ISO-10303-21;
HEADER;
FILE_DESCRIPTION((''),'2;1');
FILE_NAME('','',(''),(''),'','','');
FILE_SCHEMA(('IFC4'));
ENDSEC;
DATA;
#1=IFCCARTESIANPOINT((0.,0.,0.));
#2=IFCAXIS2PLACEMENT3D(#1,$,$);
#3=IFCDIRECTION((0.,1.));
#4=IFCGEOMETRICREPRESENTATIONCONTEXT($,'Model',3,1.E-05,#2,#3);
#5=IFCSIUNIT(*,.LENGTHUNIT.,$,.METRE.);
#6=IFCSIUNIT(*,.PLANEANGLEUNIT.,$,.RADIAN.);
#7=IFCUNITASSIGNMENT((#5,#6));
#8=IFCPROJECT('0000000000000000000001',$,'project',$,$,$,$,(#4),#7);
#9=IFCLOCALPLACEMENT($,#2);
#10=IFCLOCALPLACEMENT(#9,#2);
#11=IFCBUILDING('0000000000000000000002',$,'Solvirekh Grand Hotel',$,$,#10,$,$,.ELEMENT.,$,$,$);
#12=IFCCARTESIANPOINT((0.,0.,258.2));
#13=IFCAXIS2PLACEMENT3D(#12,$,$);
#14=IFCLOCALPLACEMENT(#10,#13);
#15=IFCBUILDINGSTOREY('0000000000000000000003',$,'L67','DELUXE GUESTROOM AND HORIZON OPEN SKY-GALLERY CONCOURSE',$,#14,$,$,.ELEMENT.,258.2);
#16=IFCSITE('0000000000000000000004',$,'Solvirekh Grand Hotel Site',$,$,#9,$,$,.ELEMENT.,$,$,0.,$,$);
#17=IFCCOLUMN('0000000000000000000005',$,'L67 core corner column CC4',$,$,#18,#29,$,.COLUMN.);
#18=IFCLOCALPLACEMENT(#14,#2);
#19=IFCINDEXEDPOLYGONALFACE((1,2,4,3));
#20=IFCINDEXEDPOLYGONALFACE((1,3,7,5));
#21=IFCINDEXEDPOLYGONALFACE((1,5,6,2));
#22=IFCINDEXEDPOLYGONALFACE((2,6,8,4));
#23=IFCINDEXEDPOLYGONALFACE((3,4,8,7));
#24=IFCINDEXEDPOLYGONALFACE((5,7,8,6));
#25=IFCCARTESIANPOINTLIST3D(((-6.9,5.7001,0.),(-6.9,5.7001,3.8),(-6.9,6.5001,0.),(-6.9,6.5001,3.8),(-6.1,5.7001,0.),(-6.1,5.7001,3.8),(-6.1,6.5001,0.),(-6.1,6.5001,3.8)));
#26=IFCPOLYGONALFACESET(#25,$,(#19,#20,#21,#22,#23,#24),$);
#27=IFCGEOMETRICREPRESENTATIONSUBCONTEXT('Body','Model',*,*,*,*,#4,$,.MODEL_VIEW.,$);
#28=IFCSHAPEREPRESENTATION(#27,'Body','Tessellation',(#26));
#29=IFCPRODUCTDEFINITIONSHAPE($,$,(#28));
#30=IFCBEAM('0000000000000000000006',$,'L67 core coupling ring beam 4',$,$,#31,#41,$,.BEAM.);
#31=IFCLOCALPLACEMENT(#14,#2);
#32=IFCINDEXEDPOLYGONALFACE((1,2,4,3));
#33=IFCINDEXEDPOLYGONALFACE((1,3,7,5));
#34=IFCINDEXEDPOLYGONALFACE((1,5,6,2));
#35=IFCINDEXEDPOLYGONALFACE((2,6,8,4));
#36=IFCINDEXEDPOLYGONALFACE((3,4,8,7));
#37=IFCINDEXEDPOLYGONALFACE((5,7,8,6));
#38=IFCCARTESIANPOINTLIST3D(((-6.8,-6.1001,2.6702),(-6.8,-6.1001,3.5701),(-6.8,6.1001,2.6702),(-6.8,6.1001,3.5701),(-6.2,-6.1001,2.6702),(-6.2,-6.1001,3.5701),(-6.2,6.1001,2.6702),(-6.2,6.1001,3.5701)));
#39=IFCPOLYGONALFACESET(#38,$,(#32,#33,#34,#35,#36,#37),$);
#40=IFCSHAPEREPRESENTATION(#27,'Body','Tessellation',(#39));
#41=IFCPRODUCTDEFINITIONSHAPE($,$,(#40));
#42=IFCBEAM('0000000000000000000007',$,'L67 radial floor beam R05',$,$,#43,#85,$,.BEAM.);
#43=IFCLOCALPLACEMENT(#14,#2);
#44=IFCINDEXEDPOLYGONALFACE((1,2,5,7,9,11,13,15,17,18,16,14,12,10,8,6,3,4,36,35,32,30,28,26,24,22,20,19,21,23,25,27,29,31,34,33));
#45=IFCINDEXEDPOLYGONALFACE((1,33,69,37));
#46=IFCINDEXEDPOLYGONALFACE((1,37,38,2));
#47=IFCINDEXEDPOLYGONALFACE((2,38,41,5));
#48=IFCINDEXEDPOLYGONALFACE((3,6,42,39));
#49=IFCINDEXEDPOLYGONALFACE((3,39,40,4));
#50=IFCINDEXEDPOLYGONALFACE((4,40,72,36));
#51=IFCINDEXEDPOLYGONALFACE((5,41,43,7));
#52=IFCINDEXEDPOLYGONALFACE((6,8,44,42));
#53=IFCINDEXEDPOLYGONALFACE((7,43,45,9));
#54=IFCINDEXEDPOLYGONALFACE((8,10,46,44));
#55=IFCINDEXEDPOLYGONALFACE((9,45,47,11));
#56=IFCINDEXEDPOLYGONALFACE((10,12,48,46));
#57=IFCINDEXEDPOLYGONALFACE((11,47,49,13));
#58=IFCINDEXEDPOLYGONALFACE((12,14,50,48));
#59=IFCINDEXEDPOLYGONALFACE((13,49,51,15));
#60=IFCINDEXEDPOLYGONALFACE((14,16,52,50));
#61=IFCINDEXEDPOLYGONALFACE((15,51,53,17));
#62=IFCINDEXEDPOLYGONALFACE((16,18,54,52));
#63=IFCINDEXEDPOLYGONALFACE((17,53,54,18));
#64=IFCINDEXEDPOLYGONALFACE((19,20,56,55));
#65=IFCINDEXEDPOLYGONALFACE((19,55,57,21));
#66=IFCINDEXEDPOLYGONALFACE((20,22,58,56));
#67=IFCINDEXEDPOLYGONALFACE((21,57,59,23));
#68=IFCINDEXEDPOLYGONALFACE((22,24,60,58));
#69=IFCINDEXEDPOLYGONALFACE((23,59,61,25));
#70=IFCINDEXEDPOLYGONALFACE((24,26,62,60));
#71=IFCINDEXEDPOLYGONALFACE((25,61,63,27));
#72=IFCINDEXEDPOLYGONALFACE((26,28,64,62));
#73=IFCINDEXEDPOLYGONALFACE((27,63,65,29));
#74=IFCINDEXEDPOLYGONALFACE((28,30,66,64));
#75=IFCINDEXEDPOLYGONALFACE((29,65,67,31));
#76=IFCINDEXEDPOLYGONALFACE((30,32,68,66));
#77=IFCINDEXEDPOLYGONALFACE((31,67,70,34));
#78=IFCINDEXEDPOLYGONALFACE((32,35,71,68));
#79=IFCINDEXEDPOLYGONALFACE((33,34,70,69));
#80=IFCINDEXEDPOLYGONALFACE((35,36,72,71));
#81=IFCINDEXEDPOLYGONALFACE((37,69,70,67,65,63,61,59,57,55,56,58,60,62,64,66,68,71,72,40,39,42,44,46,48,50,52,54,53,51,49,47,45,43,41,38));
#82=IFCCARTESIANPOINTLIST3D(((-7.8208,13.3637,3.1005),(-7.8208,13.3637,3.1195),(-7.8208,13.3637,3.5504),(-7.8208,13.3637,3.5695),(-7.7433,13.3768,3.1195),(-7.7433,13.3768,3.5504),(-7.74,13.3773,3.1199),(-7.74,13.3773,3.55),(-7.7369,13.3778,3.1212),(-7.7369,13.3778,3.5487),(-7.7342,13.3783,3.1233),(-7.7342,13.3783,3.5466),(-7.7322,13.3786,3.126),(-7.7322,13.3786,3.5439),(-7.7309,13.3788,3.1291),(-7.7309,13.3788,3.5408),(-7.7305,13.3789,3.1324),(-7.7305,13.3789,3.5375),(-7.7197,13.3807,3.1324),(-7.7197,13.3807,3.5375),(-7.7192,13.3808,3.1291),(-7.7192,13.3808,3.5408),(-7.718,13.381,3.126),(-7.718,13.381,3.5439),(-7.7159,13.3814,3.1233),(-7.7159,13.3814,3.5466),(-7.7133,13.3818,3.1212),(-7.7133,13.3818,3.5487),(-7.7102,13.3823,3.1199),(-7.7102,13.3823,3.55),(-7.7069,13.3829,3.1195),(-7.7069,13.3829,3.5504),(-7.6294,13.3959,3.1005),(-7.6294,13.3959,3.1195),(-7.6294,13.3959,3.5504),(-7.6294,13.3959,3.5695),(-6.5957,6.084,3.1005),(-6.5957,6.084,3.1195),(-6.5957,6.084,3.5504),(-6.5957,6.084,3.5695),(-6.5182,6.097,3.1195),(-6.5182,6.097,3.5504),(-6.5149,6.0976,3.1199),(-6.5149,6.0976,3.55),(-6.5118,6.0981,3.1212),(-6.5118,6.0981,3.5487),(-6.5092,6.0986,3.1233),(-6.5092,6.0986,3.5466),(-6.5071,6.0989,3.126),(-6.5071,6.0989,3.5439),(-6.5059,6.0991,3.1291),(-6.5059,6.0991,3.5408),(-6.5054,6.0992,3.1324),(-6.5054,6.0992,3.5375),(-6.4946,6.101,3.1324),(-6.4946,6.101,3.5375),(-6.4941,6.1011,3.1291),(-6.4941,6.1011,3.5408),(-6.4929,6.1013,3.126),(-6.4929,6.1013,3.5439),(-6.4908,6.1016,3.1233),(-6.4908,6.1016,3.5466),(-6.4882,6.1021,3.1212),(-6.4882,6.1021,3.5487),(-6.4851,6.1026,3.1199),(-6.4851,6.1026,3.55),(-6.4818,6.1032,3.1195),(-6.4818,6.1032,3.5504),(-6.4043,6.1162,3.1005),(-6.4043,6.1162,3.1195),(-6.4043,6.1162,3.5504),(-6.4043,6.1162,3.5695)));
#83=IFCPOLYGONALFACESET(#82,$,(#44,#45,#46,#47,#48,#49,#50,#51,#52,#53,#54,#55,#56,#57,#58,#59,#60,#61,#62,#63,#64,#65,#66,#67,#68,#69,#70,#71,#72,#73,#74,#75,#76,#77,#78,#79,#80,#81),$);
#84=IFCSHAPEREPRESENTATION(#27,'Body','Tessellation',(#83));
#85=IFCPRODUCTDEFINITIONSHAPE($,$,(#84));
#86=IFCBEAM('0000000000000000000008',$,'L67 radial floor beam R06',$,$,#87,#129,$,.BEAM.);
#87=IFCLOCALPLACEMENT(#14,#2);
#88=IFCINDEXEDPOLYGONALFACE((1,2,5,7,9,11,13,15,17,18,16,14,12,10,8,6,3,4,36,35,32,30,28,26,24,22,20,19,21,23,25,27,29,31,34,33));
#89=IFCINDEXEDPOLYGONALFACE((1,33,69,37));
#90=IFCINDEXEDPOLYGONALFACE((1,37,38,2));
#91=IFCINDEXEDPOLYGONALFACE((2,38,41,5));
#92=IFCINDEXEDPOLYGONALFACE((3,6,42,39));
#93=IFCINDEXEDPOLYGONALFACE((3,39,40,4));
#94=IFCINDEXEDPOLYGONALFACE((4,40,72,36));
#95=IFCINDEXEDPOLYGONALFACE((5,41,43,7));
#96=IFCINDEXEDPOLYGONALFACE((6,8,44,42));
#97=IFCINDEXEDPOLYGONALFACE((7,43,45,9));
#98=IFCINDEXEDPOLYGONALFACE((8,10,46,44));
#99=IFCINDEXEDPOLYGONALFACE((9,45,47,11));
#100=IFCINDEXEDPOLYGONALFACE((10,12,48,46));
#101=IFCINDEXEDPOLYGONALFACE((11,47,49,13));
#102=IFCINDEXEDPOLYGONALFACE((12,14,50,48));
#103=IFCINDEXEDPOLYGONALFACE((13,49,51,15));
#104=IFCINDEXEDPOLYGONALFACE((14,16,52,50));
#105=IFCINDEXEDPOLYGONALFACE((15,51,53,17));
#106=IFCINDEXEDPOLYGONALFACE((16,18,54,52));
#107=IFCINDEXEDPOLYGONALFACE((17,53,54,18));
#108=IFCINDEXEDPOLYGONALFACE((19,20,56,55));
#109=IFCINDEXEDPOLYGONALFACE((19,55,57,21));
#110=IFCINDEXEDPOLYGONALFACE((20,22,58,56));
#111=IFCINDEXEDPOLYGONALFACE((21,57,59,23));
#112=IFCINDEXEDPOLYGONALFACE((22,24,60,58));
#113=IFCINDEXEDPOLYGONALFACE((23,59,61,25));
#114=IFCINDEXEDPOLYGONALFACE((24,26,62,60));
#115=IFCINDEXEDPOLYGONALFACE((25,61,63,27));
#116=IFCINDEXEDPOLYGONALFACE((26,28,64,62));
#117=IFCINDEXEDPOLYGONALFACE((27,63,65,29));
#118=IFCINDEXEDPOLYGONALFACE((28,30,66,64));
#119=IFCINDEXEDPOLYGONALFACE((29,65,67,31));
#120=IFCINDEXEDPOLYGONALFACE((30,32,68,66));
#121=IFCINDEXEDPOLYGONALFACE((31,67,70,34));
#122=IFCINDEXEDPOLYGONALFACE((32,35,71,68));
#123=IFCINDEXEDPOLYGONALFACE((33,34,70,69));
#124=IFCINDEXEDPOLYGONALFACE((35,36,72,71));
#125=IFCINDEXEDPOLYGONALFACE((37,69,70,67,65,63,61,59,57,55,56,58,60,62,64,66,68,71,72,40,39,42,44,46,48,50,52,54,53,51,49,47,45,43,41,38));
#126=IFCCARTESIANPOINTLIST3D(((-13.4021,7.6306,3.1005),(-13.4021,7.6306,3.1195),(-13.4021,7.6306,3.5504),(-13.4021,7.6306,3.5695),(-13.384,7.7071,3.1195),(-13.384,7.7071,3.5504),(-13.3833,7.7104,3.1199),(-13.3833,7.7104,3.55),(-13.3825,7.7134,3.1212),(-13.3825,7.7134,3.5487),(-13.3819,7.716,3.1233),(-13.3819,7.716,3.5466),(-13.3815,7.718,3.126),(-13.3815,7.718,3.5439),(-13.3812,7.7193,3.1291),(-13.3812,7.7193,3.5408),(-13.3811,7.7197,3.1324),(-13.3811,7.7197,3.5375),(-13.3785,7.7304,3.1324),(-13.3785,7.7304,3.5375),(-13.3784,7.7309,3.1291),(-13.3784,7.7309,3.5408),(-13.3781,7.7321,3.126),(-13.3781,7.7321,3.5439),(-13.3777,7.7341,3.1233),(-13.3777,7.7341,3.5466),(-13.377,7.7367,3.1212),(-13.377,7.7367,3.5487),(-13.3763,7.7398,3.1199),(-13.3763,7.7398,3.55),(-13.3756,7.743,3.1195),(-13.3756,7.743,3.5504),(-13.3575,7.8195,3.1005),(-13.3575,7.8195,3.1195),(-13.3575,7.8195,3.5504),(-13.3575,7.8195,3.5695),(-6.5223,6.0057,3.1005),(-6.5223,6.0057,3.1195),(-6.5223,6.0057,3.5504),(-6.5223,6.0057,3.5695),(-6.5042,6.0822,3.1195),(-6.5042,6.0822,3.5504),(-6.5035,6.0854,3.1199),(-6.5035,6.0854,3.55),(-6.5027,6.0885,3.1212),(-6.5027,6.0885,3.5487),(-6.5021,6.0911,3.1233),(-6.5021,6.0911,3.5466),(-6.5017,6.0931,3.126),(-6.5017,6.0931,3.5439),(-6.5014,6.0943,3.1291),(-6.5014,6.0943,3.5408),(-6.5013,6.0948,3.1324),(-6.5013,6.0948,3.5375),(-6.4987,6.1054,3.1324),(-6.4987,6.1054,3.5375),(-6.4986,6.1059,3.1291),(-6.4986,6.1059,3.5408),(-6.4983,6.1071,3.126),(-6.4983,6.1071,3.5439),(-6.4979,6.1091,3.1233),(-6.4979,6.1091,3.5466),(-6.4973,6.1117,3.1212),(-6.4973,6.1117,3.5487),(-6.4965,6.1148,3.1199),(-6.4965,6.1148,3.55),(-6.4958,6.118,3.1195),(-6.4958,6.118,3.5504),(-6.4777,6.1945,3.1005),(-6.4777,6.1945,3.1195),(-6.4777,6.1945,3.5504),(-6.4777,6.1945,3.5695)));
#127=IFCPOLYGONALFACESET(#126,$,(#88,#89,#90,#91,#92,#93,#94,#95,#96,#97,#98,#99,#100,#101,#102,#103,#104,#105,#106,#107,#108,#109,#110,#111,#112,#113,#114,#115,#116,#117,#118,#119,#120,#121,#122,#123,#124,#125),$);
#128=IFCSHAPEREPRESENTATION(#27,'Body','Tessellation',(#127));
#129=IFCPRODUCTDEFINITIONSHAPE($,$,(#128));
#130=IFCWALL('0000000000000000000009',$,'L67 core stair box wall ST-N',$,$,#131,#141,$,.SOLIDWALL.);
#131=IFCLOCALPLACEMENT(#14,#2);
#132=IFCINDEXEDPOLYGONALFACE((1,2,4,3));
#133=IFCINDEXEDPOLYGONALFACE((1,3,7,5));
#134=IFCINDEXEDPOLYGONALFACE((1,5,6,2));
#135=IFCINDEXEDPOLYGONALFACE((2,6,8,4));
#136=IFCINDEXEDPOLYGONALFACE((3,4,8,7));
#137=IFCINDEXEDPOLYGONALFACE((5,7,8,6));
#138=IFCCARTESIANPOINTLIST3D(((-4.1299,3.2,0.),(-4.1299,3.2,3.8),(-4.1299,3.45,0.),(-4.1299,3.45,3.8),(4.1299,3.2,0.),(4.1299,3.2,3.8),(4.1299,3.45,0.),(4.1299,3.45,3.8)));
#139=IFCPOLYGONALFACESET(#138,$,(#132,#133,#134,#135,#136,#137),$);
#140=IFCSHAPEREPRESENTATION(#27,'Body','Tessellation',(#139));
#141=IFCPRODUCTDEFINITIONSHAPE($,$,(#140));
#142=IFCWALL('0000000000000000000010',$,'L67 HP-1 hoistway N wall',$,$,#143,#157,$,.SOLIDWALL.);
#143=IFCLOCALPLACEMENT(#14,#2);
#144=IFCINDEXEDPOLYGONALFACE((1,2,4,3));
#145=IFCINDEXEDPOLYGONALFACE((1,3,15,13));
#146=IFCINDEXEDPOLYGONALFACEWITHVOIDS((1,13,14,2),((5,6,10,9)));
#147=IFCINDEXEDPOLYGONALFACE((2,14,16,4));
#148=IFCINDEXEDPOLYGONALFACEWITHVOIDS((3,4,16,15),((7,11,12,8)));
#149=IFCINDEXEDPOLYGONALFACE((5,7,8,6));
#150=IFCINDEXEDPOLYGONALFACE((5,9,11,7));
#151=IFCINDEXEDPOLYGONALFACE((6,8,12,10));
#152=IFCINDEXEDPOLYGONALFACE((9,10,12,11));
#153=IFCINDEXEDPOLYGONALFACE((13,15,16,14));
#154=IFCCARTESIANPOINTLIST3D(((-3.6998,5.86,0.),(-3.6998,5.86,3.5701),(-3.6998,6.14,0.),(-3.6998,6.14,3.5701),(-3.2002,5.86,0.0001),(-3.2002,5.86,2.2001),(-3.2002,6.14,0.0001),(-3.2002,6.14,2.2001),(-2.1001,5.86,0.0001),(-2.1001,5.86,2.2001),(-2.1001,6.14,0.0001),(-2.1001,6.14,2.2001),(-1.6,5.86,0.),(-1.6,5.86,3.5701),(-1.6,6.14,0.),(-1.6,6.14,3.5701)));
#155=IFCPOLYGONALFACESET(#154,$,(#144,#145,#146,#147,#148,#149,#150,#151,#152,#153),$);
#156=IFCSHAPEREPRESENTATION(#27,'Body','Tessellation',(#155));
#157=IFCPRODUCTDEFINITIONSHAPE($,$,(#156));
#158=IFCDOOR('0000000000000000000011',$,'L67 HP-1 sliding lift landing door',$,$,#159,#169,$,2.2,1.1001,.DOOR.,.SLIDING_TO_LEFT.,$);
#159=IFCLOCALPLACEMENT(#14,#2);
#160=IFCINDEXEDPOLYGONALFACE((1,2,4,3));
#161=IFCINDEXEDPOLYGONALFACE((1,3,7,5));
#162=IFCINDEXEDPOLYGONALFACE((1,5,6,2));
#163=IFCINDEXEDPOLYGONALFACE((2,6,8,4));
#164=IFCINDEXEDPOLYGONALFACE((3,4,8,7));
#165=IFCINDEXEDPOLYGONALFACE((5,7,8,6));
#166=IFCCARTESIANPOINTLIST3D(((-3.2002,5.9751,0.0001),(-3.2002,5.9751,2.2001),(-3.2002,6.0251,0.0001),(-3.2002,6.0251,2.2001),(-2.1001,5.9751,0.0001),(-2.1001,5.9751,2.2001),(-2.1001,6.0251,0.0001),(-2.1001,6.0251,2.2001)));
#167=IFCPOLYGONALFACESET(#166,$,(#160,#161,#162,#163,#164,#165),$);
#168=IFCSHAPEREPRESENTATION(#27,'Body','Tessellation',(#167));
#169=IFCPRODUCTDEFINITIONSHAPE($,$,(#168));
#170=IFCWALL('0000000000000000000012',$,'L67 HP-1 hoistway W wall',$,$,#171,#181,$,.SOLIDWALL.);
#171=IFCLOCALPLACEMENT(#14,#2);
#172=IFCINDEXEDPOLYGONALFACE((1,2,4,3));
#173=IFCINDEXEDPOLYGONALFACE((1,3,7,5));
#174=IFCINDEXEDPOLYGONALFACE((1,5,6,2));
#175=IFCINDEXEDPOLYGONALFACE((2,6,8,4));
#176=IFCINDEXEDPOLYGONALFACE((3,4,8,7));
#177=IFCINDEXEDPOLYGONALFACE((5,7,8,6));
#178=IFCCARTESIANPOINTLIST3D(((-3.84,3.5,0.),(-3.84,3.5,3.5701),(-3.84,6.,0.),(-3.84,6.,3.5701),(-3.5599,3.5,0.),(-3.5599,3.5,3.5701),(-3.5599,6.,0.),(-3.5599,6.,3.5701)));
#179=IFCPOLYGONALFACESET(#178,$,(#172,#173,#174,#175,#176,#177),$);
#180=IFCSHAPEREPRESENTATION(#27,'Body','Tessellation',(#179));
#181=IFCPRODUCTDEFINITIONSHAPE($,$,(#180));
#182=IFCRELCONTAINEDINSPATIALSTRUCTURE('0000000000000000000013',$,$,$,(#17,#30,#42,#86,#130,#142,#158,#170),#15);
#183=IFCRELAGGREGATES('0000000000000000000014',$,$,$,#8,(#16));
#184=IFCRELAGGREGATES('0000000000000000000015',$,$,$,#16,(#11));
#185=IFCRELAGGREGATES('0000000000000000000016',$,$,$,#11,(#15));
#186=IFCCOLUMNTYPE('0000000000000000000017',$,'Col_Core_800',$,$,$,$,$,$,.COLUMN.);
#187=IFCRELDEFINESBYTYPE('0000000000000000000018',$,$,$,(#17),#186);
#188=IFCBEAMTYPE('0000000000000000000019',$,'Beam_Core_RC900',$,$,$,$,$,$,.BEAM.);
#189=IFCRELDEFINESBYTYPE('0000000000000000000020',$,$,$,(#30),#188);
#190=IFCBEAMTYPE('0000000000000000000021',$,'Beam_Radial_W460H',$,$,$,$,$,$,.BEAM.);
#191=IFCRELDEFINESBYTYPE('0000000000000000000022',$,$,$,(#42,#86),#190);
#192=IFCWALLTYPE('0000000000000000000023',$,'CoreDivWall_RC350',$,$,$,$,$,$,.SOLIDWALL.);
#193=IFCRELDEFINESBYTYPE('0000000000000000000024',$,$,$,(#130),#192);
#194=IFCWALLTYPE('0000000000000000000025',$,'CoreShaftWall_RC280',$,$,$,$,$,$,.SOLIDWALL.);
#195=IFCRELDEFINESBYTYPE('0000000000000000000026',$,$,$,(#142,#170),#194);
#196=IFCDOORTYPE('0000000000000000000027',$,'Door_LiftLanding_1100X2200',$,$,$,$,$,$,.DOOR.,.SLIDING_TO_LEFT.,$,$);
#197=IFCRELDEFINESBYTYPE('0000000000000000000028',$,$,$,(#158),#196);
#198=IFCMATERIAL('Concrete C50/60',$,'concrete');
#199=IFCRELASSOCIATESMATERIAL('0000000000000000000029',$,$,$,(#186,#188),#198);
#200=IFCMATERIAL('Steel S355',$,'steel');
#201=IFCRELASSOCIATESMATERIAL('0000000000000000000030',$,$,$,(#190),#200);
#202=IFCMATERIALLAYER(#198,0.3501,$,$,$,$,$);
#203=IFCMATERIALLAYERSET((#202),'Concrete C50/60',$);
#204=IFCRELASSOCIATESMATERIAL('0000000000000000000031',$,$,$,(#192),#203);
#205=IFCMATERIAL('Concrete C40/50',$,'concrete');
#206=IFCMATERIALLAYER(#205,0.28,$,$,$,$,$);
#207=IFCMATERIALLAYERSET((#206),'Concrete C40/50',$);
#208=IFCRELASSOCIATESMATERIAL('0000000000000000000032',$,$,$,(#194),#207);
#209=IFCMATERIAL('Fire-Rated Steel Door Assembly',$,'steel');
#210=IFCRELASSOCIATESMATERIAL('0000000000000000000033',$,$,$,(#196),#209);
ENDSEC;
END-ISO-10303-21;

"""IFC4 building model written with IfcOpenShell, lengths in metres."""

from ifc_helpers import new_model, si_unit, direction, frame, frame_2d, origin, origin_2d, place, context, subcontext, project, spatial, rectangle, i_section, extrude, material, layer, layer_set, material_profile, profile_set, type_object, element, fill, save


model = new_model("IFC4")

# Units and contexts
model_context = context("Model", 3, precision=1e-05, world=origin(), true_north=direction((0.0, 1.0)))
body_context = subcontext(model_context, "Body", "Model", "MODEL_VIEW")
ifc_project = project(units=[si_unit("LENGTHUNIT", "METRE"), si_unit("PLANEANGLEUNIT", "RADIAN")], contexts=[model_context])

# Site, building, storey
site_placement = place(None, origin())
site = spatial("IfcSite", under=ifc_project, at=site_placement, Name="Solvirekh Grand Hotel Site", CompositionType="ELEMENT", RefElevation=0.0)
building_placement = place(site_placement, origin())
building = spatial("IfcBuilding", under=site, at=building_placement, Name="Solvirekh Grand Hotel", CompositionType="ELEMENT")
storey_placement = place(building_placement, frame((0.0, 0.0, 258.2)))
storey = spatial("IfcBuildingStorey", under=building, at=storey_placement, Name="L67", Description="DELUXE GUESTROOM AND HORIZON OPEN SKY-GALLERY CONCOURSE", CompositionType="ELEMENT", Elevation=258.2)

# Column
ifc_material_1 = material(Name="Concrete C50/60", Category="concrete")
ifc_material_profile_1 = material_profile(ifc_material_1, rectangle(XDim=0.8, YDim=0.8, at=origin_2d()), Name="RC 800X800")
ifc_profile_set_1 = profile_set([ifc_material_profile_1], Name="Concrete C50/60")
column_type = type_object("IfcColumnType", Name="Col_Core_800", PredefinedType="COLUMN", material=ifc_profile_set_1)
column_placement = place(storey_placement, frame((-6.5, 6.1001, 0.0), z_axis=(0.0, 0.0, 1.0), x_axis=(1.0, 0.0, 0.0)))
element("IfcColumn", 1, at=column_placement, inside=storey, type_object=column_type, Name="L67 core corner column CC4", PredefinedType="COLUMN", context=body_context, shape_type="SweptSolid", body=[
    extrude(rectangle(XDim=0.8, YDim=0.8, at=origin_2d()), origin(), (0.0, 0.0, 1.0), 3.8),
])

# Beams
ifc_material_profile_2 = material_profile(ifc_material_1, rectangle(XDim=0.6001, YDim=0.8999, at=origin_2d()), Name="RC BEAM 600X900")
ifc_profile_set_2 = profile_set([ifc_material_profile_2], Name="Concrete C50/60")
beam_type_1 = type_object("IfcBeamType", Name="Beam_Core_RC900", PredefinedType="BEAM", material=ifc_profile_set_2)
beam_1_placement = place(storey_placement, frame((-6.5, 6.1001, 3.1201), z_axis=(0.0, -1.0, 0.0), x_axis=(1.0, 0.0, 0.0)))
element("IfcBeam", 2, at=beam_1_placement, inside=storey, type_object=beam_type_1, Name="L67 core coupling ring beam 4", PredefinedType="BEAM", context=body_context, shape_type="SweptSolid", body=[
    extrude(rectangle(XDim=0.6001, YDim=0.8999, at=origin_2d()), origin(), (0.0, 0.0, 1.0), 12.2002),
])
ifc_material_2 = material(Name="Steel S355", Category="steel")
ifc_material_profile_3 = material_profile(ifc_material_2, i_section(OverallWidth=0.1941, OverallDepth=0.469, WebThickness=0.011, FlangeThickness=0.019, FilletRadius=0.0129, at=origin_2d()), Name="W460X106")
ifc_profile_set_3 = profile_set([ifc_material_profile_3], Name="Steel S355")
beam_type_2 = type_object("IfcBeamType", Name="Beam_Radial_W460H", PredefinedType="BEAM", material=ifc_profile_set_3)
beam_2_placement = place(storey_placement, frame((-6.5, 6.1001, 3.335), z_axis=(-0.165954, 0.986133, 0.0), x_axis=(-0.986133, -0.165954, 0.0)))
element("IfcBeam", 3, at=beam_2_placement, inside=storey, type_object=beam_type_2, Name="L67 radial floor beam R05", PredefinedType="BEAM", context=body_context, shape_type="SweptSolid", body=[
    extrude(i_section(OverallWidth=0.1941, OverallDepth=0.469, WebThickness=0.011, FlangeThickness=0.019, FilletRadius=0.0129, at=origin_2d()), origin(), (0.0, 0.0, 1.0), 7.3821),
])
beam_3_placement = place(storey_placement, frame((-6.5, 6.1001, 3.335), z_axis=(-0.973221, 0.229871, 0.0), x_axis=(-0.229871, -0.973221, 0.0)))
element("IfcBeam", 4, at=beam_3_placement, inside=storey, type_object=beam_type_2, Name="L67 radial floor beam R06", PredefinedType="BEAM", context=body_context, shape_type="SweptSolid", body=[
    extrude(i_section(OverallWidth=0.1941, OverallDepth=0.469, WebThickness=0.011, FlangeThickness=0.019, FilletRadius=0.0129, at=origin_2d()), origin(), (0.0, 0.0, 1.0), 7.0691),
])

# Wall
ifc_layer_1 = layer(ifc_material_1, 0.3501)
ifc_layer_set_1 = layer_set([ifc_layer_1], Name="Concrete C50/60")
wall_type_1 = type_object("IfcWallType", Name="CoreDivWall_RC350", PredefinedType="SOLIDWALL", material=ifc_layer_set_1)
wall_1_placement = place(storey_placement, frame((-4.1299, 3.325, 0.0), z_axis=(0.0, 0.0, 1.0), x_axis=(1.0, 0.0, 0.0)))
element("IfcWall", 5, at=wall_1_placement, inside=storey, type_object=wall_type_1, Name="L67 core stair box wall ST-N", PredefinedType="SOLIDWALL", context=body_context, shape_type="SweptSolid", body=[
    extrude(rectangle(XDim=8.2598, YDim=0.25, at=frame_2d((4.1299, 0.0))), origin(), (0.0, 0.0, 1.0), 3.8),
])

# Wall, opening, door
ifc_material_3 = material(Name="Concrete C40/50", Category="concrete")
ifc_layer_2 = layer(ifc_material_3, 0.28)
ifc_layer_set_2 = layer_set([ifc_layer_2], Name="Concrete C40/50")
wall_type_2 = type_object("IfcWallType", Name="CoreShaftWall_RC280", PredefinedType="SOLIDWALL", material=ifc_layer_set_2)
wall_2_placement = place(storey_placement, frame((-1.6001, 6.0, 0.0), z_axis=(0.0, 0.0, 1.0), x_axis=(-1.0, 0.0, 0.0)))
wall_2 = element("IfcWall", 6, at=wall_2_placement, inside=storey, type_object=wall_type_2, Name="L67 HP-1 hoistway N wall", PredefinedType="SOLIDWALL", context=body_context, shape_type="SweptSolid", body=[
    extrude(rectangle(XDim=2.0999, YDim=0.28, at=frame_2d((1.0498, 0.0))), origin(), (0.0, 0.0, 1.0), 3.5701),
])
opening_1_placement = place(wall_2_placement, frame((0.5, 0.0, 0.0)))
opening_1 = element("IfcOpeningElement", 7, at=opening_1_placement, cuts=wall_2, PredefinedType="OPENING", context=body_context, shape_type="SweptSolid", body=[
    extrude(rectangle(XDim=1.1001, YDim=2.2, at=frame_2d((0.55, 1.1001))), frame((0.0, 0.1499, 0.0), z_axis=(0.0, -1.0, 0.0), x_axis=(1.0, 0.0, 0.0)), (0.0, 0.0, 1.0), 0.3),
])
ifc_material_4 = material(Name="Fire-Rated Steel Door Assembly", Category="steel")
door_type_1 = type_object("IfcDoorType", Name="Door_LiftLanding_1100X2200", OperationType="SLIDING_TO_LEFT", PredefinedType="DOOR", material=ifc_material_4)
door_1_placement = place(opening_1_placement, origin())
door_1 = element("IfcDoor", 8, at=door_1_placement, inside=storey, type_object=door_type_1, Name="L67 HP-1 sliding lift landing door", OperationType="SLIDING_TO_LEFT", OverallHeight=2.2, OverallWidth=1.1001, PredefinedType="DOOR", context=body_context, shape_type="SweptSolid", body=[
    extrude(rectangle(XDim=1.1001, YDim=2.2, at=frame_2d((0.55, 1.1001))), frame((0.0, 0.0249, 0.0), z_axis=(0.0, -1.0, 0.0), x_axis=(1.0, 0.0, 0.0)), (0.0, 0.0, 1.0), 0.05),
])
fill(opening_1, door_1)

# Wall
for number, where, z_axis, x_axis, name in (
    (9, (-3.7, 6.0, 0.0), (0.0, 0.0, 1.0), (0.0, -1.0, 0.0), "L67 HP-1 hoistway W wall"),
):
    element("IfcWall", number, at=place(storey_placement, frame(where, z_axis=z_axis, x_axis=x_axis)), inside=storey, type_object=wall_type_2, Name=name, PredefinedType="SOLIDWALL", context=body_context, shape_type="SweptSolid", body=[
        extrude(rectangle(XDim=2.5, YDim=0.28, at=frame_2d((1.25, 0.0))), origin(), (0.0, 0.0, 1.0), 3.5701),
    ])

save(model, "model.ifc")
